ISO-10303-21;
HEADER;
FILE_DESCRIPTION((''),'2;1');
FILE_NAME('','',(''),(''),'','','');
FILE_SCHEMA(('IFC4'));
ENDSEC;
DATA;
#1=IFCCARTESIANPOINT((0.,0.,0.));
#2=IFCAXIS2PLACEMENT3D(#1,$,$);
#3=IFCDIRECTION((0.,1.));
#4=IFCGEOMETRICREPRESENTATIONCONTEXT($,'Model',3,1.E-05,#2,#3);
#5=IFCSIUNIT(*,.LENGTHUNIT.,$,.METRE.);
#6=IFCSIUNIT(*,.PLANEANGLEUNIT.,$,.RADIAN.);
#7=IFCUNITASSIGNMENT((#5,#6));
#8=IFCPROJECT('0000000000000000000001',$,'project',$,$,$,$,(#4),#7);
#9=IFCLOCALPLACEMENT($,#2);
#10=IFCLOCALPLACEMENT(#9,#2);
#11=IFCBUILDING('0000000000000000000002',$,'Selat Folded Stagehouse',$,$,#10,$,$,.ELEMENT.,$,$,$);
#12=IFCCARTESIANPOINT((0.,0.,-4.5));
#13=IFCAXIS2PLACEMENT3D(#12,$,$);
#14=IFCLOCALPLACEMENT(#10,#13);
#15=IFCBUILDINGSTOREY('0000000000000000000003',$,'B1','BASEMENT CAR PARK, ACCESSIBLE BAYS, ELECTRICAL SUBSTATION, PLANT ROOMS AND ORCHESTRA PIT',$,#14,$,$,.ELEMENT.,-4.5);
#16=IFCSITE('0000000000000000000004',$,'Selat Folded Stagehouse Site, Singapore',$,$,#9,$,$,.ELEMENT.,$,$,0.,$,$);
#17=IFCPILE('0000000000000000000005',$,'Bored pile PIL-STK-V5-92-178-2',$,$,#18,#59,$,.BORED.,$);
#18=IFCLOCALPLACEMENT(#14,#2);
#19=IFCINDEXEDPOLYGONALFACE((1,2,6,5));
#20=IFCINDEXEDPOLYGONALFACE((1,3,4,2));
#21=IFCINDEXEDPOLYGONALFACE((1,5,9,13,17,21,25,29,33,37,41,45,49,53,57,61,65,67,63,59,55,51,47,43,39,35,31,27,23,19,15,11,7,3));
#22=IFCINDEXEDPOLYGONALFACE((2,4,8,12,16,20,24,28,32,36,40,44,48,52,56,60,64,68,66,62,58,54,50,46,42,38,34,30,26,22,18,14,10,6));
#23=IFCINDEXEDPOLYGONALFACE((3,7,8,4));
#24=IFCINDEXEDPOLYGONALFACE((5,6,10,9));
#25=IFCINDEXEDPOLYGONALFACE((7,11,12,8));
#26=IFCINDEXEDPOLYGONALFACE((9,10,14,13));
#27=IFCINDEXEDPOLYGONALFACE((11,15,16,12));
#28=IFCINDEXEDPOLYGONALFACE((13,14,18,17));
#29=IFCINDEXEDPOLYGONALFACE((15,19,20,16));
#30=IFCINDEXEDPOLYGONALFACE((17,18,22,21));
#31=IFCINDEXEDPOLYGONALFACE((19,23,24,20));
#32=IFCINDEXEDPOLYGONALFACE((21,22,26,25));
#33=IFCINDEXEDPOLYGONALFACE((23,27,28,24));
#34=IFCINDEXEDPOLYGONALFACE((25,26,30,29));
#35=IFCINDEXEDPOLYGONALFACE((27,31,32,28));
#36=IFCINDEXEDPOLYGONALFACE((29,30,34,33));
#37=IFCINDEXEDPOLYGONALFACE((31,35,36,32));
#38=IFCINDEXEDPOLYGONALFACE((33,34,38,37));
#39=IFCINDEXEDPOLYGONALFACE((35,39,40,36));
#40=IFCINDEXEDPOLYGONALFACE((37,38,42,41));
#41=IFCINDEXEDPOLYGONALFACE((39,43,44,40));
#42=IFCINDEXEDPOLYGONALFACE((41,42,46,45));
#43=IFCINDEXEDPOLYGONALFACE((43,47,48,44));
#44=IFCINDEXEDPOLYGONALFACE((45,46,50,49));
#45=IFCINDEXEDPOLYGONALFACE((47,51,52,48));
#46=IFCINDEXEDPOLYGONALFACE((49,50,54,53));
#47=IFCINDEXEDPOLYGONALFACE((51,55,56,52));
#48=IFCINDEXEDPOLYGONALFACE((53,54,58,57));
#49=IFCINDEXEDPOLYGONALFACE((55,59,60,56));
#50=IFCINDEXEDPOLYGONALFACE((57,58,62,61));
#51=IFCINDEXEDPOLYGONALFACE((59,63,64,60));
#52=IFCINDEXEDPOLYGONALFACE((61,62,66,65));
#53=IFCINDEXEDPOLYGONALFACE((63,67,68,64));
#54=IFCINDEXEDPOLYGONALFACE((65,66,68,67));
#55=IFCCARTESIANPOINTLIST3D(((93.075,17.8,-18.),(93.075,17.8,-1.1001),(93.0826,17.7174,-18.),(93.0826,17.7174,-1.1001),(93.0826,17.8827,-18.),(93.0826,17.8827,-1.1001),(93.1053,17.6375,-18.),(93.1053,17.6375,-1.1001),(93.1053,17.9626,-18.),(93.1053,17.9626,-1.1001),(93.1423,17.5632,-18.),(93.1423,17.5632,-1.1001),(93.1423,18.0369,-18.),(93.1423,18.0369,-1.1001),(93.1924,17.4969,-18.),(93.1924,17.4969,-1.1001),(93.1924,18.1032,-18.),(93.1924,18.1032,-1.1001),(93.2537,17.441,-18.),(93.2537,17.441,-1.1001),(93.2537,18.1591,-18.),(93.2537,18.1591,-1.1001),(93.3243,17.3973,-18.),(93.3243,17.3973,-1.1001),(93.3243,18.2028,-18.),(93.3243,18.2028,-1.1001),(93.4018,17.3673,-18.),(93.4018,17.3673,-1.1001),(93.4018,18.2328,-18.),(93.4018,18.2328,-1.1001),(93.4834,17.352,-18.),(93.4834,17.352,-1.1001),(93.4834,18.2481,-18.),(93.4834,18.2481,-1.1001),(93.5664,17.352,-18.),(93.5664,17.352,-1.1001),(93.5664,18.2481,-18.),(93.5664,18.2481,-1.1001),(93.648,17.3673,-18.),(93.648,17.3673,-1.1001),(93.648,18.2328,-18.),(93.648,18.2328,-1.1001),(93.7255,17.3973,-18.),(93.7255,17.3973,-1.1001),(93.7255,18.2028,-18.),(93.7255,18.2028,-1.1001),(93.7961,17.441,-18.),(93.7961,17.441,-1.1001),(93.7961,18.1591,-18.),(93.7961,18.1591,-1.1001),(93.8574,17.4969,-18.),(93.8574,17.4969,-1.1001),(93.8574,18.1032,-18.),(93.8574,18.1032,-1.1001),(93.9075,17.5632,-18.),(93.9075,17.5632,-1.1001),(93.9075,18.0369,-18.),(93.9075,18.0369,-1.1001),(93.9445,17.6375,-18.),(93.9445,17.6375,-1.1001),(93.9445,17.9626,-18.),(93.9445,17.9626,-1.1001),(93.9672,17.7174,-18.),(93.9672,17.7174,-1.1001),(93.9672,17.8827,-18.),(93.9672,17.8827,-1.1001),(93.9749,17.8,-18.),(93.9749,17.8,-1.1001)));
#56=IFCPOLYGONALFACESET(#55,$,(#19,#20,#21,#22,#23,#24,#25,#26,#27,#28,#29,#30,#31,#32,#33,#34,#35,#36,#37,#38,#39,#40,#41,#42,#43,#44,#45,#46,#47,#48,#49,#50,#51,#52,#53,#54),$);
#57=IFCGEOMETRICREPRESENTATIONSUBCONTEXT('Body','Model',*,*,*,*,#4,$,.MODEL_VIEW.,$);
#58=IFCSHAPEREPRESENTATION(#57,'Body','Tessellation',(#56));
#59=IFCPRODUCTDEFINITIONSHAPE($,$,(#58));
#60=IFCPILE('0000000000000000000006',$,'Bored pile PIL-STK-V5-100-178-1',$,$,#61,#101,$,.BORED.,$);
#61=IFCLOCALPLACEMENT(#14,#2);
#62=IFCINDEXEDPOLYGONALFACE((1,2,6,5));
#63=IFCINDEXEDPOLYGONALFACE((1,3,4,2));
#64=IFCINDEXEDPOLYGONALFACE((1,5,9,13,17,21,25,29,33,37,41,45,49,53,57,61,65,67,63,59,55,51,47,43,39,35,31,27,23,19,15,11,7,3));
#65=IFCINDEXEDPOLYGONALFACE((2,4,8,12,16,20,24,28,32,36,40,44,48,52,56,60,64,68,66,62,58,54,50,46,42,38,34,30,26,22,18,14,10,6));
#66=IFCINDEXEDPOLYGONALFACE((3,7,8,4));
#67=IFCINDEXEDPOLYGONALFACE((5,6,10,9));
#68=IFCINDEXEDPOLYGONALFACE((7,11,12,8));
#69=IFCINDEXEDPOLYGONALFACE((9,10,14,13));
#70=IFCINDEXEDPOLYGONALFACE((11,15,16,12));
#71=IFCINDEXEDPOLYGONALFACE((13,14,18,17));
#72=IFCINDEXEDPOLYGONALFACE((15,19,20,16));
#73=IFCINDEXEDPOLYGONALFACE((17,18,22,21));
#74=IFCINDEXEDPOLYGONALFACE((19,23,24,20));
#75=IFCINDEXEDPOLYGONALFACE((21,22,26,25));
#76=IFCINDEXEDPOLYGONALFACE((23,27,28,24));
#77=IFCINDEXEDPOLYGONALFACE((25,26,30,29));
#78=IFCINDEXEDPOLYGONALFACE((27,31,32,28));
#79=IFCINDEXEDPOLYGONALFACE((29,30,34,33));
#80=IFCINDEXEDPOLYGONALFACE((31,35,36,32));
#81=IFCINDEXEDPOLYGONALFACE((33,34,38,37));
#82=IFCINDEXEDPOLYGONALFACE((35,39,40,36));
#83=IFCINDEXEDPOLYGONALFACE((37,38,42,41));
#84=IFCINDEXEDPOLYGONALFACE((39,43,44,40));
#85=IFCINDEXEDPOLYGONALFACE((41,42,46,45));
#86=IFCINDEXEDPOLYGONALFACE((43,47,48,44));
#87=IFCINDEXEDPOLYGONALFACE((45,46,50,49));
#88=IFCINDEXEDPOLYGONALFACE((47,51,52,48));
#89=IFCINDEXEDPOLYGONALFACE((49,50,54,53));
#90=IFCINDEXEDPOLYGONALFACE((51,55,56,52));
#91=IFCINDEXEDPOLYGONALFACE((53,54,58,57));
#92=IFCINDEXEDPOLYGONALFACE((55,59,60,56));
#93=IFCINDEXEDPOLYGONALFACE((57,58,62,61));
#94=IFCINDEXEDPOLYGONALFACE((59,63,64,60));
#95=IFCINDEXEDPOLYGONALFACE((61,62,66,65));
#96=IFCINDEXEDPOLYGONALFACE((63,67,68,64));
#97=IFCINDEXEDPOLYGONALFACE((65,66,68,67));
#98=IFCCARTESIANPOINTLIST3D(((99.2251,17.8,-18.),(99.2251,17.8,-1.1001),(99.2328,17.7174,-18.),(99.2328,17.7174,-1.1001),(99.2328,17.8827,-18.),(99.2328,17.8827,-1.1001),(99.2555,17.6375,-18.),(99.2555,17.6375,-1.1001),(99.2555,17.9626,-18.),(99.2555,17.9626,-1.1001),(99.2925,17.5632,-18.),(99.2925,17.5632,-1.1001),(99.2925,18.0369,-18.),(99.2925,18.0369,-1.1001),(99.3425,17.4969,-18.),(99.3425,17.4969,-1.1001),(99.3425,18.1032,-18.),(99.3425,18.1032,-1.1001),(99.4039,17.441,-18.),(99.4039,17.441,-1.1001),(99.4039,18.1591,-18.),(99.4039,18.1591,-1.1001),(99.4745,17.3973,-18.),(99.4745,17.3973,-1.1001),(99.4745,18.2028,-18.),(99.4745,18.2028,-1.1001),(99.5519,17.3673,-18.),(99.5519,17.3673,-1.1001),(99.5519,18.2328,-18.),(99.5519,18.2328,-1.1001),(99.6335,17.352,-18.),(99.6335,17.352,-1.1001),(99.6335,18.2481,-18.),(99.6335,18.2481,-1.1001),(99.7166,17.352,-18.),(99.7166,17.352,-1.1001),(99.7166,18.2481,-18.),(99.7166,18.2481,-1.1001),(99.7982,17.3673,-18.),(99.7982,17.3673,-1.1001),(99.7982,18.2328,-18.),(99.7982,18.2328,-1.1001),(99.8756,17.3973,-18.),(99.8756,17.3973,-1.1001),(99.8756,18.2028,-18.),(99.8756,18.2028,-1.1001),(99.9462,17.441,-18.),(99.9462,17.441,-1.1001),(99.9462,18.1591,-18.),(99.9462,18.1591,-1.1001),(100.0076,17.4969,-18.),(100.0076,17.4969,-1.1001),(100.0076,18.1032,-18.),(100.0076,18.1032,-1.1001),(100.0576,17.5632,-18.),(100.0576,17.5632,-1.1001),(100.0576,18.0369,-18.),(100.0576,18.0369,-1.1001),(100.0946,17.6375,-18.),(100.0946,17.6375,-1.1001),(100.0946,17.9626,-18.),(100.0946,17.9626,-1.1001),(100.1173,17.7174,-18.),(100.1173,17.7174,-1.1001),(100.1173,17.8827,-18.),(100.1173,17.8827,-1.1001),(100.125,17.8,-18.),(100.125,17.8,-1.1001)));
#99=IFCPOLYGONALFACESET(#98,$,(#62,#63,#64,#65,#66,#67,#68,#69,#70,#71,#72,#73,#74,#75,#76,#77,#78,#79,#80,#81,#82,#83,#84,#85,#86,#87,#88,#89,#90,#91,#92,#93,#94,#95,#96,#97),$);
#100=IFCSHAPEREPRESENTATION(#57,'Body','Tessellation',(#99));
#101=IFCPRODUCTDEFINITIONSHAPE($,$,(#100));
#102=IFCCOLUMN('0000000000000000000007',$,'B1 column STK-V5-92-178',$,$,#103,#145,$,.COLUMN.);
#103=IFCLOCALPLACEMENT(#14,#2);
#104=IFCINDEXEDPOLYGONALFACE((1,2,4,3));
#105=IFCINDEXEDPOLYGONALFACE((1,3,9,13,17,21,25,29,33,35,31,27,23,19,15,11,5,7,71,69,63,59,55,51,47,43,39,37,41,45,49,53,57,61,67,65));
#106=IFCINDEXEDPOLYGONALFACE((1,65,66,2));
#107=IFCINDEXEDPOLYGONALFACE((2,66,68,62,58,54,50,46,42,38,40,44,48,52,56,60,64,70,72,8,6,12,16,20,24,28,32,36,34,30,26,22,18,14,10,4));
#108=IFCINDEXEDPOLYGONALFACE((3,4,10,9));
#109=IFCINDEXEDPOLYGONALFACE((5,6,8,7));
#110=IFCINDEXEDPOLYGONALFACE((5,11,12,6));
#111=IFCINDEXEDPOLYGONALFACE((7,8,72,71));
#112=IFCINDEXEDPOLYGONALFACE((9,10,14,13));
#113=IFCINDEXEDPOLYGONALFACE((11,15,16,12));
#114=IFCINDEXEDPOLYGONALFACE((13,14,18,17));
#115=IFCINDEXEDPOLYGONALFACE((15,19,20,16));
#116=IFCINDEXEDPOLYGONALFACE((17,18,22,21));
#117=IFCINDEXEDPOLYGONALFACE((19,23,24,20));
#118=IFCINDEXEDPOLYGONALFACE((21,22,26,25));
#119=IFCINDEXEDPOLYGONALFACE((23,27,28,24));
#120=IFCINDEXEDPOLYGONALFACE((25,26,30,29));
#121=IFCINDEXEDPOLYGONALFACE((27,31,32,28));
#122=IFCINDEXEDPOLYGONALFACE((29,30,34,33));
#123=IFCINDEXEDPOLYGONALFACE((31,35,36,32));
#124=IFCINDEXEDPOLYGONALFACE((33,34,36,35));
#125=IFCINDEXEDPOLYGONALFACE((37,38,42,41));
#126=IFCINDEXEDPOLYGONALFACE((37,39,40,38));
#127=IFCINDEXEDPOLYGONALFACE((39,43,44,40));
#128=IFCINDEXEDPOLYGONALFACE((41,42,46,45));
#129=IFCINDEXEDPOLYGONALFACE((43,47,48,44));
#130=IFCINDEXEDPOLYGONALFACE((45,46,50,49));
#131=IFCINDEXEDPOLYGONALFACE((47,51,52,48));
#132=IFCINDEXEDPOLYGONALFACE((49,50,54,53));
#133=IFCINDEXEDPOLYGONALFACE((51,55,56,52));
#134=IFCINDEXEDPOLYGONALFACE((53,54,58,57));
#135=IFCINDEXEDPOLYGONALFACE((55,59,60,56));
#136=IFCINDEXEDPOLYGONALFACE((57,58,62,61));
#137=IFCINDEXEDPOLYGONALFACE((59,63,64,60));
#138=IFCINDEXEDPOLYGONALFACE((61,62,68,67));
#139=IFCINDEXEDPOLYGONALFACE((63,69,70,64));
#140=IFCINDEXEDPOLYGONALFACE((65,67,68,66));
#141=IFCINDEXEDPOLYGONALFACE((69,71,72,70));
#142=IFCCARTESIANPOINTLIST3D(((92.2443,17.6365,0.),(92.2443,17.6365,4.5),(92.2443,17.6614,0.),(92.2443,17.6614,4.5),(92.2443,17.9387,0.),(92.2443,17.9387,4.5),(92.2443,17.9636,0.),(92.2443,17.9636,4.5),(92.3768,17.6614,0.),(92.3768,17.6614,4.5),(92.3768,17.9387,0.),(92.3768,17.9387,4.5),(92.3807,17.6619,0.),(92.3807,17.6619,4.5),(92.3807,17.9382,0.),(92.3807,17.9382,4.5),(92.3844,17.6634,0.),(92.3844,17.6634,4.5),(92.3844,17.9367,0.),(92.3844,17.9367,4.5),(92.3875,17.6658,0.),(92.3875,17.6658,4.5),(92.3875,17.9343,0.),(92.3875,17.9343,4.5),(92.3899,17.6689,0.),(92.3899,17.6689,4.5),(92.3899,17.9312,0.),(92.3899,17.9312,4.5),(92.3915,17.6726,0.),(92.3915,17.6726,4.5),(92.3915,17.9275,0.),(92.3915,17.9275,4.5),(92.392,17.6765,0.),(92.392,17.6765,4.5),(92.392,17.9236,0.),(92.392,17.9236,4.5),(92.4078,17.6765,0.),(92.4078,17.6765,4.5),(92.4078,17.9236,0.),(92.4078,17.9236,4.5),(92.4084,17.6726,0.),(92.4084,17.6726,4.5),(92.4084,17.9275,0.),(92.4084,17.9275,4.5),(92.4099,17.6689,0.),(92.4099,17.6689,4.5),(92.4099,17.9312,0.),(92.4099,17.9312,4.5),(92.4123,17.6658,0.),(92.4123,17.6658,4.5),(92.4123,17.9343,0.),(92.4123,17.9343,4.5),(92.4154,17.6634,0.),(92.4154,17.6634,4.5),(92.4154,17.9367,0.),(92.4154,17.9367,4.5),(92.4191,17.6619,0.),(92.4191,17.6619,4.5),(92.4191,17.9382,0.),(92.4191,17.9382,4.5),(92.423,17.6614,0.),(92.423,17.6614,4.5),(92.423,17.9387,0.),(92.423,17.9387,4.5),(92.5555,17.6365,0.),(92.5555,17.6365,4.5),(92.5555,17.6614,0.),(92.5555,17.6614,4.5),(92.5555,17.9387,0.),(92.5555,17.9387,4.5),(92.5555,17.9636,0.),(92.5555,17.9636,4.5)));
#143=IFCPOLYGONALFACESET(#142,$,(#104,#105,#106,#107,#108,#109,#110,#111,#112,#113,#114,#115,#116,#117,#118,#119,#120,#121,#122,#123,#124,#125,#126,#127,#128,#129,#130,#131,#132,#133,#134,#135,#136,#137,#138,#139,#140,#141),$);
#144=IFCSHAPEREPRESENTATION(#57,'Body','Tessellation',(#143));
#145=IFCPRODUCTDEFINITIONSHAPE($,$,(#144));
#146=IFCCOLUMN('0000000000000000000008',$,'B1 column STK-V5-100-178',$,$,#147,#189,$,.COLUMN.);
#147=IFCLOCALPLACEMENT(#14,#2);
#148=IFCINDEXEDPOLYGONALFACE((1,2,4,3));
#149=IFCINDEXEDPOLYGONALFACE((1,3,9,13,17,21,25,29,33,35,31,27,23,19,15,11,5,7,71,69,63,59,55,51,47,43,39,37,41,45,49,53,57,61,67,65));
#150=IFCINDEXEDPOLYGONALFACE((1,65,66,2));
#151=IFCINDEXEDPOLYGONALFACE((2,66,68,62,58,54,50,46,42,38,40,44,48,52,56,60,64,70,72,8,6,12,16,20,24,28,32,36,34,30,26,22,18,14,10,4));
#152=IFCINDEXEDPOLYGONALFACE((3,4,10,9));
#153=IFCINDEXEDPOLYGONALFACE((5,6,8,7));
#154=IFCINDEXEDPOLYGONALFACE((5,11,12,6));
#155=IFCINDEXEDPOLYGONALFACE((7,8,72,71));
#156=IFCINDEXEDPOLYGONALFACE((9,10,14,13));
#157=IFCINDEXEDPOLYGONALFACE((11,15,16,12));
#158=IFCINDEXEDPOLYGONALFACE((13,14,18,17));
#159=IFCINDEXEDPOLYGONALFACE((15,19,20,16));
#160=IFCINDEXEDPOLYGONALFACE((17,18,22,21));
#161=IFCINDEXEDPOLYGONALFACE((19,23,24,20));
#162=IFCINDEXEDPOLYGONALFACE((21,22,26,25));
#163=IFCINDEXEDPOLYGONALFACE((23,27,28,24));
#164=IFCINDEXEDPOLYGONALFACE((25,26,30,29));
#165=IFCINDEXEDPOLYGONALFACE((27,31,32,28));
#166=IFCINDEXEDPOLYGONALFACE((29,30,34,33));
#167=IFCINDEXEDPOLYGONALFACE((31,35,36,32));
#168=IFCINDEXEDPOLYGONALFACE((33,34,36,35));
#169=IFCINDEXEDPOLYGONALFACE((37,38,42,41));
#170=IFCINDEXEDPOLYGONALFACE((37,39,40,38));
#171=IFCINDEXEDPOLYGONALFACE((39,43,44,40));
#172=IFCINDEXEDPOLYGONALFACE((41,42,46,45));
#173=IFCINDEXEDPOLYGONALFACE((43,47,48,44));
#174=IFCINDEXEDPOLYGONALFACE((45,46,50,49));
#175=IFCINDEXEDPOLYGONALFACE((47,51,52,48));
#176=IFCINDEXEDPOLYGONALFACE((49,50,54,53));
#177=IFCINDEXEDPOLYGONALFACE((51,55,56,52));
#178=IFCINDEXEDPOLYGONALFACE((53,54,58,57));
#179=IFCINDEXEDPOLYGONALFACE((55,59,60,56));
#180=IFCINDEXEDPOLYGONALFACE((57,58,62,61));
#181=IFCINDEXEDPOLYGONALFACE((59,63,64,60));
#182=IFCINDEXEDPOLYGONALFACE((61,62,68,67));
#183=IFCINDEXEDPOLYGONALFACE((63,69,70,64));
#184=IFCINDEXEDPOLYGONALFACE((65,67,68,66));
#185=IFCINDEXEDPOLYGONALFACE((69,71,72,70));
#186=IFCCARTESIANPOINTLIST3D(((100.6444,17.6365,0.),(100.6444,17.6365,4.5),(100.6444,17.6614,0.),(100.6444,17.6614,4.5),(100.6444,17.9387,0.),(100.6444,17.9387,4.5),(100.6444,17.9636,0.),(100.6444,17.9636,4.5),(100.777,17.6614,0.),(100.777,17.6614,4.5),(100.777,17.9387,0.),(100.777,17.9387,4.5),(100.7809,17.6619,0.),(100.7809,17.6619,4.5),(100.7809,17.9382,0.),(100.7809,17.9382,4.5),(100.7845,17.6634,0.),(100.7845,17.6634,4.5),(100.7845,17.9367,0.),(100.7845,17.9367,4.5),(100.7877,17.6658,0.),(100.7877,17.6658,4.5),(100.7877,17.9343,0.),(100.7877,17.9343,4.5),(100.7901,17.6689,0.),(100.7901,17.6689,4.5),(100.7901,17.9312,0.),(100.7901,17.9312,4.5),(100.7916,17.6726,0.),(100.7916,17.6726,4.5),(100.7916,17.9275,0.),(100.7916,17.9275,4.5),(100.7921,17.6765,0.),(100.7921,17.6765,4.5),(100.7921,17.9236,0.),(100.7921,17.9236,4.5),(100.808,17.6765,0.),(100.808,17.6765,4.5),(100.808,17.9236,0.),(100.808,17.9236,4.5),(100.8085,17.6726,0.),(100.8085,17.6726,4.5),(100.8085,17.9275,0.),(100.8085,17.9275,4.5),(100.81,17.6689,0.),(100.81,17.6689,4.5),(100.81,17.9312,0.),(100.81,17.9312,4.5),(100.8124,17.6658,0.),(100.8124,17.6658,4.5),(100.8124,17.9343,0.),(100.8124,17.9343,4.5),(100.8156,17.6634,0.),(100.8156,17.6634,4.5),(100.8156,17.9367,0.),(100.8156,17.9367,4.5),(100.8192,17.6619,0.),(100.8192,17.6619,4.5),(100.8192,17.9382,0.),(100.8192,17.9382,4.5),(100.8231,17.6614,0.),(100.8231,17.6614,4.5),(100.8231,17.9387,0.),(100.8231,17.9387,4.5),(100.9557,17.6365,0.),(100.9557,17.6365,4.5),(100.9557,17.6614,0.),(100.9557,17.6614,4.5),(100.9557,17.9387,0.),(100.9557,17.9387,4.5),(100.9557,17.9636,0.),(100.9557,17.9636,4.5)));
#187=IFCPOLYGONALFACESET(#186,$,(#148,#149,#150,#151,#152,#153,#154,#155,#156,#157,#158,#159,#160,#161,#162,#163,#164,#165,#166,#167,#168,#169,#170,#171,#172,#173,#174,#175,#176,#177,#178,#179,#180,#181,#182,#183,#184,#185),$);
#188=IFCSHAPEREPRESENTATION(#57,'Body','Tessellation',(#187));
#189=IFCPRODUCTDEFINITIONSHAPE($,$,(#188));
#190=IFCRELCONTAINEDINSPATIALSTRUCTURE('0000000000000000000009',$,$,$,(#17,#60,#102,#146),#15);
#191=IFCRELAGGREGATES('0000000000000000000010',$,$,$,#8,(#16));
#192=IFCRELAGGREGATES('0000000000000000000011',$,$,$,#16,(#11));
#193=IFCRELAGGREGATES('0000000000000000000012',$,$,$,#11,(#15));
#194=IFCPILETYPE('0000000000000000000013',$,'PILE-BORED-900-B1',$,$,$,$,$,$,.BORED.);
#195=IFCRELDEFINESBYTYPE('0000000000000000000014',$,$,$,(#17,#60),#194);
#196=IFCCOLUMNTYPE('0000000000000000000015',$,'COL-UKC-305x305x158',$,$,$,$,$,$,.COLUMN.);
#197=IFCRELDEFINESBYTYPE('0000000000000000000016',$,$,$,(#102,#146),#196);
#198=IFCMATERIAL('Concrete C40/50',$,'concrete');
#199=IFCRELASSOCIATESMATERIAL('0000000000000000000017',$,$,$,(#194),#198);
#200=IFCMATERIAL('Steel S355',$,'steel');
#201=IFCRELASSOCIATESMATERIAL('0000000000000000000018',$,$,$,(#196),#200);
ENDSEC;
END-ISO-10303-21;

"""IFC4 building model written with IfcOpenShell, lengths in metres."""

from ifc_helpers import new_model, si_unit, direction, frame, origin, origin_2d, place, context, subcontext, project, spatial, circle, i_section, extrude, material, material_profile, profile_set, type_object, element, save


model = new_model("IFC4")

# Units and contexts
model_context = context("Model", 3, precision=1e-05, world=origin(), true_north=direction((0.0, 1.0)))
body_context = subcontext(model_context, "Body", "Model", "MODEL_VIEW")
ifc_project = project(units=[si_unit("LENGTHUNIT", "METRE"), si_unit("PLANEANGLEUNIT", "RADIAN")], contexts=[model_context])

# Site, building, storey
site_placement = place(None, origin())
site = spatial("IfcSite", under=ifc_project, at=site_placement, Name="Selat Folded Stagehouse Site, Singapore", CompositionType="ELEMENT", RefElevation=0.0)
building_placement = place(site_placement, origin())
building = spatial("IfcBuilding", under=site, at=building_placement, Name="Selat Folded Stagehouse", CompositionType="ELEMENT")
storey_placement = place(building_placement, frame((0.0, 0.0, -4.5)))
storey = spatial("IfcBuildingStorey", under=building, at=storey_placement, Name="B1", Description="BASEMENT CAR PARK, ACCESSIBLE BAYS, ELECTRICAL SUBSTATION, PLANT ROOMS AND ORCHESTRA PIT", CompositionType="ELEMENT", Elevation=-4.5)

# Shared definitions
ifc_material_1 = material(Name="Concrete C40/50", Category="concrete")

# Piles
ifc_material_profile_1 = material_profile(ifc_material_1, circle(Radius=0.45, at=origin_2d()), Name="PILE D900")
ifc_profile_set_1 = profile_set([ifc_material_profile_1], Name="Concrete C40/50")
pile_type = type_object("IfcPileType", Name="PILE-BORED-900-B1", PredefinedType="BORED", material=ifc_profile_set_1)
for number, where, z_axis, x_axis, name in (
    (1, (93.5249, 17.8, -1.1001), (0.0, 0.0, -1.0), (1.0, 0.0, 0.0), "Bored pile PIL-STK-V5-92-178-2"),
    (2, (99.675, 17.8, -1.1001), (0.0, 0.0, -1.0), (1.0, 0.0, 0.0), "Bored pile PIL-STK-V5-100-178-1"),
):
    element("IfcPile", number, at=place(storey_placement, frame(where, z_axis=z_axis, x_axis=x_axis)), inside=storey, type_object=pile_type, Name=name, PredefinedType="BORED", context=body_context, shape_type="SweptSolid", body=[
        extrude(circle(Radius=0.45, at=origin_2d()), origin(), (0.0, 0.0, 1.0), 16.8999),
    ])

# Columns
ifc_material_2 = material(Name="Steel S355", Category="steel")
ifc_material_profile_2 = material_profile(ifc_material_2, i_section(OverallWidth=0.3113, OverallDepth=0.3271, WebThickness=0.0159, FlangeThickness=0.0249, FilletRadius=0.0151, at=origin_2d()), Name="UKC 305x305x158")
ifc_profile_set_2 = profile_set([ifc_material_profile_2], Name="Steel S355")
column_type = type_object("IfcColumnType", Name="COL-UKC-305x305x158", PredefinedType="COLUMN", material=ifc_profile_set_2)
for number, where, z_axis, x_axis, name in (
    (3, (92.3999, 17.8, 0.0), (0.0, 0.0, 1.0), (1.0, 0.0, 0.0), "B1 column STK-V5-92-178"),
    (4, (100.8, 17.8, 0.0), (0.0, 0.0, 1.0), (1.0, 0.0, 0.0), "B1 column STK-V5-100-178"),
):
    element("IfcColumn", number, at=place(storey_placement, frame(where, z_axis=z_axis, x_axis=x_axis)), inside=storey, type_object=column_type, Name=name, PredefinedType="COLUMN", context=body_context, shape_type="SweptSolid", body=[
        extrude(i_section(OverallWidth=0.3113, OverallDepth=0.3271, WebThickness=0.0159, FlangeThickness=0.0249, FilletRadius=0.0151, at=origin_2d()), origin(), (0.0, 0.0, 1.0), 4.5),
    ])

save(model, "model.ifc")
